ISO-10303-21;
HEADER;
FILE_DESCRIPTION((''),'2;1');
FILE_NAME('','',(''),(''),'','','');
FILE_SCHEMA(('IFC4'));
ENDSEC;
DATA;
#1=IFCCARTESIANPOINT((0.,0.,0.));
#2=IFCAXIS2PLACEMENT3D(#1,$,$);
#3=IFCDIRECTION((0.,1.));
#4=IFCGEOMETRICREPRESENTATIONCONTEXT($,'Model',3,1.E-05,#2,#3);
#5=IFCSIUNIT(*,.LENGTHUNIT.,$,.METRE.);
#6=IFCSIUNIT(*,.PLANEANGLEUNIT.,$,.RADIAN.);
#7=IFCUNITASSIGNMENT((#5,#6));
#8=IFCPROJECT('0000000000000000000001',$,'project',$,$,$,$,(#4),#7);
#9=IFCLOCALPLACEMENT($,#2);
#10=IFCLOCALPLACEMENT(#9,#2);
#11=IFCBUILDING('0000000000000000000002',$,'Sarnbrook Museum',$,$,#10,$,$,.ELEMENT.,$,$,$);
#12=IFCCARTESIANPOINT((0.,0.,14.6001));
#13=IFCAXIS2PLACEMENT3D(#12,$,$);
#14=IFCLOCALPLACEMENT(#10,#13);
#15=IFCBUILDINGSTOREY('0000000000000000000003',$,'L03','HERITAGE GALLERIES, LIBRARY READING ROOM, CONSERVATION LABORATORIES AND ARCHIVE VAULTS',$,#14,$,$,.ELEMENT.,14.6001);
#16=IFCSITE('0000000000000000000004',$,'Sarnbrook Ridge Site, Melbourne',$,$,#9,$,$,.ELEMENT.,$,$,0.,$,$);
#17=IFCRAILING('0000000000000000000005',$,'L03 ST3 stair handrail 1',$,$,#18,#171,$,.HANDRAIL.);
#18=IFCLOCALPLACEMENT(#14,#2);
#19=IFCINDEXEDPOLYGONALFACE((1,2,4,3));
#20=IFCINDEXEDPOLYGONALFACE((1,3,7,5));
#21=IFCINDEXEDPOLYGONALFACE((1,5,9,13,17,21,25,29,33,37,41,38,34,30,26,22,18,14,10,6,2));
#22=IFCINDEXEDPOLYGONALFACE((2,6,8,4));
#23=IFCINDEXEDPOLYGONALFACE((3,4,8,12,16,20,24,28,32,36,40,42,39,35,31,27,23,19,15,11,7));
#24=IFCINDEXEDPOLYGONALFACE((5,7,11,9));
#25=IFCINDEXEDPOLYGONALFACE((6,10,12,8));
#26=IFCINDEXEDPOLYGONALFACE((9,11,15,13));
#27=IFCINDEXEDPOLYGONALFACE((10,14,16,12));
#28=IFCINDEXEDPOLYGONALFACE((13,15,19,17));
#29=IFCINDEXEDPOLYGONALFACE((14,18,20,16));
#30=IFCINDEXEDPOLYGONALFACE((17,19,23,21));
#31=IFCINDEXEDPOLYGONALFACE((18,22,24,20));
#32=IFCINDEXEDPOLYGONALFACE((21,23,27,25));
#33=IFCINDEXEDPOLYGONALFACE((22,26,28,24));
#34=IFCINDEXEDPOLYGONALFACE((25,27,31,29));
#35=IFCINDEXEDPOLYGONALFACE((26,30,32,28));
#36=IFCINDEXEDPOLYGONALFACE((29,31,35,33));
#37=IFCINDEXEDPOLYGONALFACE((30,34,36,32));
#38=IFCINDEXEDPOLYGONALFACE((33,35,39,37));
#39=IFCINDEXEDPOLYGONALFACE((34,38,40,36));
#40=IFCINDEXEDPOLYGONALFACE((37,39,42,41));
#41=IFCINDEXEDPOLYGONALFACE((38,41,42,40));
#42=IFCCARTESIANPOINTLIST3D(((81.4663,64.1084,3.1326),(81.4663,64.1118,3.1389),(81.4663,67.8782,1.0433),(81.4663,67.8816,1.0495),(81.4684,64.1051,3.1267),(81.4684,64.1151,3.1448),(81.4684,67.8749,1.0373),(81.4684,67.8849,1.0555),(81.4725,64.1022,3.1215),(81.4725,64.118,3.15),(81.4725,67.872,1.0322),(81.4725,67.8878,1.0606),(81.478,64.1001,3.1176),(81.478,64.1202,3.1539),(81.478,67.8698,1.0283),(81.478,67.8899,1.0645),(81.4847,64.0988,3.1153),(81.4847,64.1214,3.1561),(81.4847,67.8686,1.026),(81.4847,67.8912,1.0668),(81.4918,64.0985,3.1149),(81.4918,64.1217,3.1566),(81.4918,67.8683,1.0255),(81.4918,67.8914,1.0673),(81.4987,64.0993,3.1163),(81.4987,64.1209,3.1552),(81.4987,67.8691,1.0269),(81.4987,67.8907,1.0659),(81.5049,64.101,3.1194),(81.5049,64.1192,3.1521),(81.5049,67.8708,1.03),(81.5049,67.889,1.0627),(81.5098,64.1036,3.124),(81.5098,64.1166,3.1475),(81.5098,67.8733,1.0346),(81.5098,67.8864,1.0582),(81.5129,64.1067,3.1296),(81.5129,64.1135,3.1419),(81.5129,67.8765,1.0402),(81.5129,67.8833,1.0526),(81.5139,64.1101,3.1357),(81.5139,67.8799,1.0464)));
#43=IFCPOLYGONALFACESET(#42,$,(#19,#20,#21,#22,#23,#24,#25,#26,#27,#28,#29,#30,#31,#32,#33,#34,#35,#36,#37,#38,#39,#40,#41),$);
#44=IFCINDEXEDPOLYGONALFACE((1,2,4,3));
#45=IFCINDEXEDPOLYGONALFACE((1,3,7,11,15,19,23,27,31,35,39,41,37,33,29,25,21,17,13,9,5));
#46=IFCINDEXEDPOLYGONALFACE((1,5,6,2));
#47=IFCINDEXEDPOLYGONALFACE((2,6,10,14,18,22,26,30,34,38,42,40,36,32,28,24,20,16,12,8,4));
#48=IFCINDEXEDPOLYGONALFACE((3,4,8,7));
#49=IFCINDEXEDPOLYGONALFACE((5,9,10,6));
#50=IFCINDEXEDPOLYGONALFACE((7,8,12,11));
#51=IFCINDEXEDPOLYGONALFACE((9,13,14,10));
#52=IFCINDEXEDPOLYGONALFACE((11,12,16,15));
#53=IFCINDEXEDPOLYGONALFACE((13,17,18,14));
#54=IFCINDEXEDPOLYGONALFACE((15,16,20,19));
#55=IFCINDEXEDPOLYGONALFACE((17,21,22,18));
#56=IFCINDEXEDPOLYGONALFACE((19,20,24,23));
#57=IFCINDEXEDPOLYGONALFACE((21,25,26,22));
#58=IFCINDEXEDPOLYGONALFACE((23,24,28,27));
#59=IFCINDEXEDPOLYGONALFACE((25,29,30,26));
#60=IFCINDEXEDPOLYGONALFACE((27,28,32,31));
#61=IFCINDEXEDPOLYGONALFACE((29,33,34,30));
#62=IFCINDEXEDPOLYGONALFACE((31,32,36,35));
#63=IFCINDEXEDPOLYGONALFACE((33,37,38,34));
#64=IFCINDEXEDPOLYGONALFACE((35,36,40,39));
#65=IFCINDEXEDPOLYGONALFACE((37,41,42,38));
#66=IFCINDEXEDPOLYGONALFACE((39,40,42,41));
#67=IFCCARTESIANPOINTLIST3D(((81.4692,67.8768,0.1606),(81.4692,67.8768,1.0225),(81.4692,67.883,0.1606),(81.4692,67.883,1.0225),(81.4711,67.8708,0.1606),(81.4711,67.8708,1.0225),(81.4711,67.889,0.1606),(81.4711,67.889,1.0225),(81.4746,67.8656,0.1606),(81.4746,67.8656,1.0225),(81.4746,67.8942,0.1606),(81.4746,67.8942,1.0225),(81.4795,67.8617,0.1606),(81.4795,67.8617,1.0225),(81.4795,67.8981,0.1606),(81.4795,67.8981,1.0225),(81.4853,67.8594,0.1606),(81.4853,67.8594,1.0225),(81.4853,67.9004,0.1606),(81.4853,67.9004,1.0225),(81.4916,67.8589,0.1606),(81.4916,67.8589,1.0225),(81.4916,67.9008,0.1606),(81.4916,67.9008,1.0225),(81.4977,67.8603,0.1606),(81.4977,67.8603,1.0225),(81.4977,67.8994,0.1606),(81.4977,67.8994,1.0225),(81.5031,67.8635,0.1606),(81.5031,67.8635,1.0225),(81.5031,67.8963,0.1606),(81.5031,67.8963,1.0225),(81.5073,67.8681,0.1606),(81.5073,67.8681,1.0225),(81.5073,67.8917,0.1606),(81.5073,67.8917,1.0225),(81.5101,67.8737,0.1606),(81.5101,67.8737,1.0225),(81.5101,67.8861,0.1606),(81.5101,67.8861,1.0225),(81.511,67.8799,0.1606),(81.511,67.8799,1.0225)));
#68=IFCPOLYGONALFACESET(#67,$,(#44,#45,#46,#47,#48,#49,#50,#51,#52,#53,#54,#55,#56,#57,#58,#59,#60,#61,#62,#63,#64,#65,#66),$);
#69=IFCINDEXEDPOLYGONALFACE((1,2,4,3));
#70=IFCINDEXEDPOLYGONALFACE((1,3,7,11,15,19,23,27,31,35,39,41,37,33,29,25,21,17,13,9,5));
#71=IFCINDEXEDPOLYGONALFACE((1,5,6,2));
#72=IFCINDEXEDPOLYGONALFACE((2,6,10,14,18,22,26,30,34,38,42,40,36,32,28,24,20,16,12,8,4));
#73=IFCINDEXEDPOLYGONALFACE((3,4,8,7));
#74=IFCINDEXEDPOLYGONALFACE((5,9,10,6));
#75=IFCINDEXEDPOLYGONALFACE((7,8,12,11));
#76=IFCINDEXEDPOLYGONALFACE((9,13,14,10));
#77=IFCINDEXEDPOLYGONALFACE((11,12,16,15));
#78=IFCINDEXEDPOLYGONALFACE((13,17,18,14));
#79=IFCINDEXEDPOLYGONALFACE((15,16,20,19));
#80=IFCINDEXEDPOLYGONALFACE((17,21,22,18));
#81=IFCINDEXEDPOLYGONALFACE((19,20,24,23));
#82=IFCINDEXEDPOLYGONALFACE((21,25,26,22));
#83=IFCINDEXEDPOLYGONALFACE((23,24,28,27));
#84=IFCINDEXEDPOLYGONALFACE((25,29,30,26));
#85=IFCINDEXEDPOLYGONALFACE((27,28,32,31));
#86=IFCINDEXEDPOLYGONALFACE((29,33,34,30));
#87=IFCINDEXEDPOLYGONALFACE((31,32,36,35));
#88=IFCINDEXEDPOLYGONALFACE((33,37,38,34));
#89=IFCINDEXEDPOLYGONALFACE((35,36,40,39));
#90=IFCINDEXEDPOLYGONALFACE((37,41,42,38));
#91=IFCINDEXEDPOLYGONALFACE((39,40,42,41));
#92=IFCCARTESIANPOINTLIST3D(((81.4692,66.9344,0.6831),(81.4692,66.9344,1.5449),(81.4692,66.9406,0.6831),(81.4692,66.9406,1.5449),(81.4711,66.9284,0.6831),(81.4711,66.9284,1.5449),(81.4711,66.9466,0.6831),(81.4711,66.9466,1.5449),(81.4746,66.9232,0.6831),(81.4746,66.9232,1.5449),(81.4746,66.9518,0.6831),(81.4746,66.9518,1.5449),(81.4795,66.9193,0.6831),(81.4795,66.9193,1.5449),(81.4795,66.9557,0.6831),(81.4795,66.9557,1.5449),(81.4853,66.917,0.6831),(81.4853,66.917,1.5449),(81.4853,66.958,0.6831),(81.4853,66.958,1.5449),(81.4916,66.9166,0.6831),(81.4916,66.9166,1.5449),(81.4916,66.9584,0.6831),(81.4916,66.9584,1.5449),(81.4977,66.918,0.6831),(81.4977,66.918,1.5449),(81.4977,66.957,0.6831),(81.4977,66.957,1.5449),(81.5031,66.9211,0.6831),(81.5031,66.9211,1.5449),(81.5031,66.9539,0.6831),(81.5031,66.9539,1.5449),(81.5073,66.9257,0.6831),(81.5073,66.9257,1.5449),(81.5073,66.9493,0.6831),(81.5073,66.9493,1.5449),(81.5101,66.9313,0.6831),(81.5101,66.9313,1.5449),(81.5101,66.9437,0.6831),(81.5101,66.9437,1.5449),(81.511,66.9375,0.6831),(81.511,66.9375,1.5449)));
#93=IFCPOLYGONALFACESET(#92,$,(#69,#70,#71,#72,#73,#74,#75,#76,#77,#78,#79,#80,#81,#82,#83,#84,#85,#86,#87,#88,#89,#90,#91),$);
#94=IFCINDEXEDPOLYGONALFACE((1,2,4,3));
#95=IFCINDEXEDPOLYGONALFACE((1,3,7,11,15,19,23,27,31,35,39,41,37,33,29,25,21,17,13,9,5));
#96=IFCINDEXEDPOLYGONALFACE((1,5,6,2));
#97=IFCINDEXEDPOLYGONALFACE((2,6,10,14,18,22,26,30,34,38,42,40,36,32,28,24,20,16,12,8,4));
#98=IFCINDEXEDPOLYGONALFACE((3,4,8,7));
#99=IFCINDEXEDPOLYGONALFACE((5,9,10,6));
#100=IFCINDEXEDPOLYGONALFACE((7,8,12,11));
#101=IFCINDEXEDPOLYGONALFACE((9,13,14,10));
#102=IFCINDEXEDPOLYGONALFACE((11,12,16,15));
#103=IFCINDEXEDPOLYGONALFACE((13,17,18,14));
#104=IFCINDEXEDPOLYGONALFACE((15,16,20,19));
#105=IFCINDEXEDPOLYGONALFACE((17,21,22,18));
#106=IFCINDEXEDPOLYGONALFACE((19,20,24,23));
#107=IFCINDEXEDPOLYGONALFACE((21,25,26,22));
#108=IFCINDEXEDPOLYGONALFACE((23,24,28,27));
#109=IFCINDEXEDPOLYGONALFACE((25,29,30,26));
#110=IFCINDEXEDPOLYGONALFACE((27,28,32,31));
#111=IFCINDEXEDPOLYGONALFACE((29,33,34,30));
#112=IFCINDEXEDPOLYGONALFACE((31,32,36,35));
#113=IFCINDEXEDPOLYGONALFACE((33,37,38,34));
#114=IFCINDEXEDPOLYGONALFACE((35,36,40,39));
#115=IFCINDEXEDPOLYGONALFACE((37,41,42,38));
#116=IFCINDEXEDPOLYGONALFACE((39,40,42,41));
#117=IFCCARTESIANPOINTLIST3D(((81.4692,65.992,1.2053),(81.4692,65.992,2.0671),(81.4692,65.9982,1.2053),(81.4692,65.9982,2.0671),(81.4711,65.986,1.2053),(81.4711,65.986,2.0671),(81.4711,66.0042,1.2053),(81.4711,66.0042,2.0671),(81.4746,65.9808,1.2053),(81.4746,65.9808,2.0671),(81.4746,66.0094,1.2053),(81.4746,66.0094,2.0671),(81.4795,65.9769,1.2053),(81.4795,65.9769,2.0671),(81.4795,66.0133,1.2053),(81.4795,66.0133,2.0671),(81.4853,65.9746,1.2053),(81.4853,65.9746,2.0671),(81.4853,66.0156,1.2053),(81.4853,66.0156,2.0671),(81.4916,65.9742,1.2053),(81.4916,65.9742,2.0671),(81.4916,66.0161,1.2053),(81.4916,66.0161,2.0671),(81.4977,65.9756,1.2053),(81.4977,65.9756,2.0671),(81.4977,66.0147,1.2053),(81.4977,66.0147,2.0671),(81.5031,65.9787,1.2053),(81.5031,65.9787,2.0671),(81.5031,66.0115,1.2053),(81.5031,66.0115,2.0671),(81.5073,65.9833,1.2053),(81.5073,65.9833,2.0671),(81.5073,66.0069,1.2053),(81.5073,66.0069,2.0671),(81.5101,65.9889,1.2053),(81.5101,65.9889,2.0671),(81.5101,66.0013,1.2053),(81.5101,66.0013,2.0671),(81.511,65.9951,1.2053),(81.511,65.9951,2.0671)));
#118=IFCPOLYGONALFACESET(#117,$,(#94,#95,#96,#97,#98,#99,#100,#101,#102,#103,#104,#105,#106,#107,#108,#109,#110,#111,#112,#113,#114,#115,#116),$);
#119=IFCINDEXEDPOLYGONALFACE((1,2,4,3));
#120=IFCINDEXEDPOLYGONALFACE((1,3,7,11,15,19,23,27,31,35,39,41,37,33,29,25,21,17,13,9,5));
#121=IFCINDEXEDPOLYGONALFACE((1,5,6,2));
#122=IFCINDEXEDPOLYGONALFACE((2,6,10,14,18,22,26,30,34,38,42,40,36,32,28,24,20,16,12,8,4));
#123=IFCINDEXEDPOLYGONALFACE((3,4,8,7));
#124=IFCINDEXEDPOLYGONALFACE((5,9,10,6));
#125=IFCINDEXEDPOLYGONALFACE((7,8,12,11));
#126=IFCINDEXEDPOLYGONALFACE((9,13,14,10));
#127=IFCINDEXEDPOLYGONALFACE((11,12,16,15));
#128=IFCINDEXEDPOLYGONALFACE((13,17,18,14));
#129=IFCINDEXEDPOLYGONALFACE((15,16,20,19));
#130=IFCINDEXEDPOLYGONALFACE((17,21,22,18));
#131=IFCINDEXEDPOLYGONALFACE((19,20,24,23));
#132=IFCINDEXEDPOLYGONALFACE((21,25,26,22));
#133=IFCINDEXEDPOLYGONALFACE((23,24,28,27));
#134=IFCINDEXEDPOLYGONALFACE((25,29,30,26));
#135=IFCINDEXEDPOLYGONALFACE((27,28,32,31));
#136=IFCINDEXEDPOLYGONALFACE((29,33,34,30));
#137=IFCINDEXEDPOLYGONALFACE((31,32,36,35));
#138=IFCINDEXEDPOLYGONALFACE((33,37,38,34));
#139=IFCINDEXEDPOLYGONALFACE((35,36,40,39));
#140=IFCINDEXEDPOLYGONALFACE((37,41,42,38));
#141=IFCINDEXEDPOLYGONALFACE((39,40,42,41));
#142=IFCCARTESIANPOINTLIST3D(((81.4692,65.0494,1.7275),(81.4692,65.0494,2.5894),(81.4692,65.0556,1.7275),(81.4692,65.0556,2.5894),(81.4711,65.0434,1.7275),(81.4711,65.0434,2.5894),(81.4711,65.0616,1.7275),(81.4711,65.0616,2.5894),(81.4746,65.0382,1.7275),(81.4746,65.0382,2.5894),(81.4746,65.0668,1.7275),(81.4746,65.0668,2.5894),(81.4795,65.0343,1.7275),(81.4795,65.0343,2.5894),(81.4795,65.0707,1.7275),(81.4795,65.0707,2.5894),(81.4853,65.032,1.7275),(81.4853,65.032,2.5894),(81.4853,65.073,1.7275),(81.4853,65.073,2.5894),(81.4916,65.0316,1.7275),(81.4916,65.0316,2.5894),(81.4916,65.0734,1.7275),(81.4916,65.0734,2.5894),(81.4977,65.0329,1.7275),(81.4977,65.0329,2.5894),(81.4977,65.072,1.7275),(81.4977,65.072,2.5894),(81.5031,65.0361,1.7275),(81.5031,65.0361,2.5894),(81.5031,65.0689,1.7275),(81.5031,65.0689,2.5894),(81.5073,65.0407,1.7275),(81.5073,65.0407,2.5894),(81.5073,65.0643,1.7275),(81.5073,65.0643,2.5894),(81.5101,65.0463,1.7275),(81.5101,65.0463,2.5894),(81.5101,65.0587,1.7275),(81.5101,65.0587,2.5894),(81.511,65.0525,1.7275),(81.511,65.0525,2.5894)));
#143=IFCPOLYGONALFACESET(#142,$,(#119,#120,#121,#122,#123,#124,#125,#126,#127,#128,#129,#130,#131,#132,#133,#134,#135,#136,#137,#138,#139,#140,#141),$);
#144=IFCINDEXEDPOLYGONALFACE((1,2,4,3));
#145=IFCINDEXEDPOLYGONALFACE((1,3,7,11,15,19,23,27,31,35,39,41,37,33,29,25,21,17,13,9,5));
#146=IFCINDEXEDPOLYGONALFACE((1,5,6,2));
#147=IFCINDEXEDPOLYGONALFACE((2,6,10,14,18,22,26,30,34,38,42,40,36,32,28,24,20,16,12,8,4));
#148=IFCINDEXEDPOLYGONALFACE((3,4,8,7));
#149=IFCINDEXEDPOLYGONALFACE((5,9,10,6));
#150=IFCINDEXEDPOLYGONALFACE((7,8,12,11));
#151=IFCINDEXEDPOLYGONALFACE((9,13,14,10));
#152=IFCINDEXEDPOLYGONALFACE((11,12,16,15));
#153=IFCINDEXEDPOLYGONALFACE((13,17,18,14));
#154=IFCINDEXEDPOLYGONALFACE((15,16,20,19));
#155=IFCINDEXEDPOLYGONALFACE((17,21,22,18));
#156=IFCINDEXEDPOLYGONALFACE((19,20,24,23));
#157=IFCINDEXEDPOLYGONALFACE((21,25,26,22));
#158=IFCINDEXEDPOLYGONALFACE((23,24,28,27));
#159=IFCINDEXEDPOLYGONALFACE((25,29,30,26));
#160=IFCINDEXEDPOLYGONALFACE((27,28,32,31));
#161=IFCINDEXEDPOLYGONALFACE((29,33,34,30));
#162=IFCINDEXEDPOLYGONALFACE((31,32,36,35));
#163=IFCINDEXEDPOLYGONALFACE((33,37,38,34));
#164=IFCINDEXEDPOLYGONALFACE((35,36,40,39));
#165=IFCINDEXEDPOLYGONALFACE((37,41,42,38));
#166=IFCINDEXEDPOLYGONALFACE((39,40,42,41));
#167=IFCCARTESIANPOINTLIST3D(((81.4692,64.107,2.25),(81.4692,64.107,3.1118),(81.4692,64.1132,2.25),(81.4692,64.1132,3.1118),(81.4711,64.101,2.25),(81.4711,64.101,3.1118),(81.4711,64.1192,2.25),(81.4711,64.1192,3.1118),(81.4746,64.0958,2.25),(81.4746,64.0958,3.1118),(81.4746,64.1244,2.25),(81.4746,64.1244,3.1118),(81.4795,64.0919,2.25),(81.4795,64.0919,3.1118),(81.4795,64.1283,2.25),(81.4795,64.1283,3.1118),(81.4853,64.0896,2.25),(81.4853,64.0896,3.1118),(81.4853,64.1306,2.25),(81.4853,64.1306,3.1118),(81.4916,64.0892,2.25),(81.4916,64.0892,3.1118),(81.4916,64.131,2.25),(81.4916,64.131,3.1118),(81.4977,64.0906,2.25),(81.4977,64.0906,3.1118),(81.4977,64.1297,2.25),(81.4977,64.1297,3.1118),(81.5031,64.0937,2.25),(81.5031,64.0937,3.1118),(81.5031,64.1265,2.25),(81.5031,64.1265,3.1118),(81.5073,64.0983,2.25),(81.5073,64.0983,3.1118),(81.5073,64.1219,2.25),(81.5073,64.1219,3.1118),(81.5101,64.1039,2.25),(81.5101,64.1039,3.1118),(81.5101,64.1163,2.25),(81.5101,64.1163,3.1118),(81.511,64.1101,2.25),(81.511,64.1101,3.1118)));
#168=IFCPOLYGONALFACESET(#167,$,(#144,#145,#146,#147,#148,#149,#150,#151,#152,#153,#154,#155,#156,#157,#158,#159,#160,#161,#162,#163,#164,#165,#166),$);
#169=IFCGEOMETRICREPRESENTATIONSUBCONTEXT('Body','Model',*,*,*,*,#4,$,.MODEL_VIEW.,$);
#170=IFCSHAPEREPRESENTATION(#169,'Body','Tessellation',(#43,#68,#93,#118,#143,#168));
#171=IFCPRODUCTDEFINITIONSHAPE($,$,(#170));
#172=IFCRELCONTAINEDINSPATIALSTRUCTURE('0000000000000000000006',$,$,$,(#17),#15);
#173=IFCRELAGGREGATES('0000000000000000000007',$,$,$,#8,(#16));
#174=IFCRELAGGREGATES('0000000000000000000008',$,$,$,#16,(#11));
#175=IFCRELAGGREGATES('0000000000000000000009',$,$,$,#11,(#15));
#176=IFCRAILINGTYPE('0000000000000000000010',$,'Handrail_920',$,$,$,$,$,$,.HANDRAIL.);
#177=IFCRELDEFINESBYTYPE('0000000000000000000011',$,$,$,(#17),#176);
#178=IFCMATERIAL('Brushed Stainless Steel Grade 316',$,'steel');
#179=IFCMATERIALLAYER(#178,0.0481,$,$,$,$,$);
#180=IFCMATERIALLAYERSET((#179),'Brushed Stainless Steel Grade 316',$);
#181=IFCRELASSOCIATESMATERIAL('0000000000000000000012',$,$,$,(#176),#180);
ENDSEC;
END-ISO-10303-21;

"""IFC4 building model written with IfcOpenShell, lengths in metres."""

from ifc_helpers import new_model, si_unit, direction, frame, origin, origin_2d, place, context, subcontext, project, spatial, circle, extrude, material, layer, layer_set, type_object, element, save


model = new_model("IFC4")

# Units and contexts
model_context = context("Model", 3, precision=1e-05, world=origin(), true_north=direction((0.0, 1.0)))
body_context = subcontext(model_context, "Body", "Model", "MODEL_VIEW")
ifc_project = project(units=[si_unit("LENGTHUNIT", "METRE"), si_unit("PLANEANGLEUNIT", "RADIAN")], contexts=[model_context])

# Site, building, storey
site_placement = place(None, origin())
site = spatial("IfcSite", under=ifc_project, at=site_placement, Name="Sarnbrook Ridge Site, Melbourne", CompositionType="ELEMENT", RefElevation=0.0)
building_placement = place(site_placement, origin())
building = spatial("IfcBuilding", under=site, at=building_placement, Name="Sarnbrook Museum", CompositionType="ELEMENT")
storey_placement = place(building_placement, frame((0.0, 0.0, 14.6001)))
storey = spatial("IfcBuildingStorey", under=building, at=storey_placement, Name="L03", Description="HERITAGE GALLERIES, LIBRARY READING ROOM, CONSERVATION LABORATORIES AND ARCHIVE VAULTS", CompositionType="ELEMENT", Elevation=14.6001)

# Railing
ifc_material_1 = material(Name="Brushed Stainless Steel Grade 316", Category="steel")
ifc_layer_1 = layer(ifc_material_1, 0.0481)
ifc_layer_set_1 = layer_set([ifc_layer_1], Name="Brushed Stainless Steel Grade 316")
railing_type_1 = type_object("IfcRailingType", Name="Handrail_920", PredefinedType="HANDRAIL", material=ifc_layer_set_1)
railing_1_placement = place(storey_placement, frame((81.49, 67.8799, 0.1606)))
element("IfcRailing", 1, at=railing_1_placement, inside=storey, type_object=railing_type_1, Name="L03 ST3 stair handrail 1", PredefinedType="HANDRAIL", context=body_context, shape_type="SweptSolid", body=[
    extrude(circle(Radius=0.0239, at=origin_2d()), frame((0.0, 0.0, 0.8857), z_axis=(0.0, -0.874646, 0.484763), x_axis=(1.0, 0.0, 0.0)), (0.0, 0.0, 1.0), 4.3101),
    extrude(circle(Radius=0.021, at=origin_2d()), origin(), (0.0, 0.0, 1.0), 0.8618),
    extrude(circle(Radius=0.021, at=origin_2d()), frame((0.0, -0.9424, 0.5225)), (0.0, 0.0, 1.0), 0.8618),
    extrude(circle(Radius=0.021, at=origin_2d()), frame((0.0, -1.8848, 1.0447)), (0.0, 0.0, 1.0), 0.8618),
    extrude(circle(Radius=0.021, at=origin_2d()), frame((0.0, -2.8274, 1.5669)), (0.0, 0.0, 1.0), 0.8618),
    extrude(circle(Radius=0.021, at=origin_2d()), frame((0.0, -3.7698, 2.0894)), (0.0, 0.0, 1.0), 0.8618),
])

save(model, "model.ifc")
